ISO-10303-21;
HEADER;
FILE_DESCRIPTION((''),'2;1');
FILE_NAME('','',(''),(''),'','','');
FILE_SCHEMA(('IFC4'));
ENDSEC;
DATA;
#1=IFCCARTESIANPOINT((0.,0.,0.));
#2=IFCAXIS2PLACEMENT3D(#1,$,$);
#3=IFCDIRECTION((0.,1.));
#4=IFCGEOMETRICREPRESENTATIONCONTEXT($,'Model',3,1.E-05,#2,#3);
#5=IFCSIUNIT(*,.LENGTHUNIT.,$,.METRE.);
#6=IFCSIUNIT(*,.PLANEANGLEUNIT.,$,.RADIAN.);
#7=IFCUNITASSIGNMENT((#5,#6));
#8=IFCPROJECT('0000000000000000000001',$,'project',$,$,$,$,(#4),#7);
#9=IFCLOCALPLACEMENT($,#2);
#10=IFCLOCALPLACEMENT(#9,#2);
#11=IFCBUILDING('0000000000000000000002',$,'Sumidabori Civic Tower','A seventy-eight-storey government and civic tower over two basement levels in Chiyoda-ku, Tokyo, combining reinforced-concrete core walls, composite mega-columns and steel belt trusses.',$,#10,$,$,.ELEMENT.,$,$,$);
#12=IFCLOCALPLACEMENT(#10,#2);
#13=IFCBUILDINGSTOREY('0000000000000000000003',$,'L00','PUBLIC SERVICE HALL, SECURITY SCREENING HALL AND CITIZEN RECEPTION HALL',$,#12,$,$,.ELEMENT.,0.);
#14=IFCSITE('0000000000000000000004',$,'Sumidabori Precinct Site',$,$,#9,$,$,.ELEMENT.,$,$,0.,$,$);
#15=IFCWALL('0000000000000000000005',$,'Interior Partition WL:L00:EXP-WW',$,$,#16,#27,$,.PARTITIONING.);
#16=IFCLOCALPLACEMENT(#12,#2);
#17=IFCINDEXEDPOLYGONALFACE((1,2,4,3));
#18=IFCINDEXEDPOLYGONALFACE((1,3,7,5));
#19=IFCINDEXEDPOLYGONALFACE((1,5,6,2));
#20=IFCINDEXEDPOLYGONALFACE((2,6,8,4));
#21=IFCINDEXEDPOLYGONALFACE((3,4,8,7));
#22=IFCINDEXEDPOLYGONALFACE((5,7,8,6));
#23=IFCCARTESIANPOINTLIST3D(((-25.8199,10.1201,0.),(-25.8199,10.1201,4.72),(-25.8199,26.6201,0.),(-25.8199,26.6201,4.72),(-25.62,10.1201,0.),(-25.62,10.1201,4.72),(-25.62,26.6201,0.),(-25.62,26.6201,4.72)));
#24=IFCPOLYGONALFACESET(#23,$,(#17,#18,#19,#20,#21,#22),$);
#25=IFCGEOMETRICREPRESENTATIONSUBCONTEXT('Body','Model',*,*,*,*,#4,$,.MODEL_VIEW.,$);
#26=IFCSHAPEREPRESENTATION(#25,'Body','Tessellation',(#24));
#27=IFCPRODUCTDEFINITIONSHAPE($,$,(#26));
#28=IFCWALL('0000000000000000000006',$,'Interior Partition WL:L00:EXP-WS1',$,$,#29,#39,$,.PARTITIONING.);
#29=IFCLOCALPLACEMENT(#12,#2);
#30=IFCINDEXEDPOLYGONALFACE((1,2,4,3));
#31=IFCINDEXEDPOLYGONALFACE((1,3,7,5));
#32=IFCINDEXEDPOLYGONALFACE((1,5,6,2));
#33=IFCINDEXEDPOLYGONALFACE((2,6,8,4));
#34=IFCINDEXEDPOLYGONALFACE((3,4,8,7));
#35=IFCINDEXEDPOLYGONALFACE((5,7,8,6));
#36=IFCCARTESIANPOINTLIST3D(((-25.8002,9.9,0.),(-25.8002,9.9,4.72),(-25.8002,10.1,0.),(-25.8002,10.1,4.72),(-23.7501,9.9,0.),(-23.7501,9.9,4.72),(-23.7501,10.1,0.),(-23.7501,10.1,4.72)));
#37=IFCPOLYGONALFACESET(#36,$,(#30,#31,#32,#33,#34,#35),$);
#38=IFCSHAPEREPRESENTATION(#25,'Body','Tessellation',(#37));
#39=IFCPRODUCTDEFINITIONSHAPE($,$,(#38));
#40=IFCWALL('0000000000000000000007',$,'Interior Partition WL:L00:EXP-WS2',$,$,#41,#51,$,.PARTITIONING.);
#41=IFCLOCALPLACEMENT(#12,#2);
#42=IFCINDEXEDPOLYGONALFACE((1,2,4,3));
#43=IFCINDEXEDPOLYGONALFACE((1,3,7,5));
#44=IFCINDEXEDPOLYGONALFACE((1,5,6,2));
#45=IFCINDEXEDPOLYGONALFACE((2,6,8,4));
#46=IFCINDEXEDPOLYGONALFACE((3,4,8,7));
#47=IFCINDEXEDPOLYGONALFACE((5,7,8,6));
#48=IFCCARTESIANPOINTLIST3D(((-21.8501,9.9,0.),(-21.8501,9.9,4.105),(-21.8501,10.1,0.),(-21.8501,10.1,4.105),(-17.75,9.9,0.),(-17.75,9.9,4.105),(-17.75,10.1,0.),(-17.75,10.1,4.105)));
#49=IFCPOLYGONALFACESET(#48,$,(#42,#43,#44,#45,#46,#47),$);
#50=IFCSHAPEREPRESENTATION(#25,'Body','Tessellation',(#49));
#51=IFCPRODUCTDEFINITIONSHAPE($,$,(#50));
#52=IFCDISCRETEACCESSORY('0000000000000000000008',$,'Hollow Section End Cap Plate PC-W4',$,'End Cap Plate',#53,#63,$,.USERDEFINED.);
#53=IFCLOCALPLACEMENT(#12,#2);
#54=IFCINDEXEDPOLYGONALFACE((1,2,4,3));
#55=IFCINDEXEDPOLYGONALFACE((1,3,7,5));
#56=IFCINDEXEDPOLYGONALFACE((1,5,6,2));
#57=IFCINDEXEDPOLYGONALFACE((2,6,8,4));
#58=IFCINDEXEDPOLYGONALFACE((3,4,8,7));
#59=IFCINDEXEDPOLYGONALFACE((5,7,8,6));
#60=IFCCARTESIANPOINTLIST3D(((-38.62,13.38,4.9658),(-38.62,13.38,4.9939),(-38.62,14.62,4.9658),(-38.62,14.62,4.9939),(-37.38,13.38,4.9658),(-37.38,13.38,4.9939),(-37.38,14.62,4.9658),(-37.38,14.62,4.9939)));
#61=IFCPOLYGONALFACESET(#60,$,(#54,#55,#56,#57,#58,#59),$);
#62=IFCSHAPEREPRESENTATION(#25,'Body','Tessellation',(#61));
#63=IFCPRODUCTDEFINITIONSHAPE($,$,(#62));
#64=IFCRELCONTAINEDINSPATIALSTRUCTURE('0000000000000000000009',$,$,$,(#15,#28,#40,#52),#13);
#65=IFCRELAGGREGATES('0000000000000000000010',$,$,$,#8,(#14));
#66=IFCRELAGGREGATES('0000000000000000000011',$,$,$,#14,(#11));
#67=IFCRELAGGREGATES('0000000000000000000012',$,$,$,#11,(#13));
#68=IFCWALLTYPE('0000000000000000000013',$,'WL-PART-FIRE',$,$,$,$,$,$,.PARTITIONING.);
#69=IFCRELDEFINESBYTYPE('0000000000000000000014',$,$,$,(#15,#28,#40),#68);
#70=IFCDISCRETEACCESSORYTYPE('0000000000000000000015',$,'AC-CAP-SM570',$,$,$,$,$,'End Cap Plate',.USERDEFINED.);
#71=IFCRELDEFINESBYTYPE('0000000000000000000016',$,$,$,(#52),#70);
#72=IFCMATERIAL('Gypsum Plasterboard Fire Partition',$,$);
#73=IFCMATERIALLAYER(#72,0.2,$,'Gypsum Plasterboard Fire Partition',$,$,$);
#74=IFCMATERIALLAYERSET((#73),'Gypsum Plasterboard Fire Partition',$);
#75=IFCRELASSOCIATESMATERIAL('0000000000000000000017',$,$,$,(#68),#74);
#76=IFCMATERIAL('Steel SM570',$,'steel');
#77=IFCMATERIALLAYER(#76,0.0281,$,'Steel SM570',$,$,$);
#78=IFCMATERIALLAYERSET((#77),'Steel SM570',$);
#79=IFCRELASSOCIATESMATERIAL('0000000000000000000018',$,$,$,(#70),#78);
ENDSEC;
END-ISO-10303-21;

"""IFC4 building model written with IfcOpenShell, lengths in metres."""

from ifc_helpers import new_model, si_unit, direction, frame, frame_2d, origin, origin_2d, place, context, subcontext, project, spatial, rectangle, extrude, source, transform, mapped, material, layer, layer_set, type_object, element, save


model = new_model("IFC4")

# Units and contexts
model_context = context("Model", 3, precision=1e-05, world=origin(), true_north=direction((0.0, 1.0)))
body_context = subcontext(model_context, "Body", "Model", "MODEL_VIEW")
ifc_project = project(units=[si_unit("LENGTHUNIT", "METRE"), si_unit("PLANEANGLEUNIT", "RADIAN")], contexts=[model_context])

# Site, building, storey
site_placement = place(None, origin())
site = spatial("IfcSite", under=ifc_project, at=site_placement, Name="Sumidabori Precinct Site", CompositionType="ELEMENT", RefElevation=0.0)
building_placement = place(site_placement, origin())
building = spatial("IfcBuilding", under=site, at=building_placement, Name="Sumidabori Civic Tower", Description="A seventy-eight-storey government and civic tower over two basement levels in Chiyoda-ku, Tokyo, combining reinforced-concrete core walls, composite mega-columns and steel belt trusses.", CompositionType="ELEMENT")
storey_placement = place(building_placement, origin())
storey = spatial("IfcBuildingStorey", under=building, at=storey_placement, Name="L00", Description="PUBLIC SERVICE HALL, SECURITY SCREENING HALL AND CITIZEN RECEPTION HALL", CompositionType="ELEMENT", Elevation=0.0)

# Shared definitions
ifc_material_1 = material(Name="Steel SM570", Category="steel")

# Walls
ifc_material_2 = material(Name="Gypsum Plasterboard Fire Partition")
ifc_layer_1 = layer(ifc_material_2, 0.2, Name="Gypsum Plasterboard Fire Partition")
ifc_layer_set_1 = layer_set([ifc_layer_1], Name="Gypsum Plasterboard Fire Partition")
wall_type_1 = type_object("IfcWallType", Name="WL-PART-FIRE", PredefinedType="PARTITIONING", material=ifc_layer_set_1)
shared_shape_1 = source(origin(), body_context, "Body", "SweptSolid", [
    extrude(rectangle(XDim=16.5, YDim=0.2, at=frame_2d((8.25, 0.0))), origin(), (0.0, 0.0, 1.0), 4.72),
])
wall_1_placement = place(storey_placement, frame((-25.72, 10.1201, 0.0), z_axis=(0.0, 0.0, 1.0), x_axis=(0.0, 1.0, 0.0)))
element("IfcWall", 1, at=wall_1_placement, inside=storey, type_object=wall_type_1, Name="Interior Partition WL:L00:EXP-WW", PredefinedType="PARTITIONING", context=body_context, shape_type="MappedRepresentation", body=[
    mapped(shared_shape_1, transform((0.0, 0.0, 0.0), x_axis=(1.0, 0.0, 0.0), y_axis=(0.0, 1.0, 0.0), z_axis=(0.0, 0.0, 1.0), scale=1.0)),
])
shared_shape_2 = source(origin(), body_context, "Body", "SweptSolid", [
    extrude(rectangle(XDim=2.05, YDim=0.2, at=frame_2d((1.0249, 0.0))), origin(), (0.0, 0.0, 1.0), 4.72),
])
wall_2_placement = place(storey_placement, frame((-25.8, 10.0, 0.0), z_axis=(0.0, 0.0, 1.0), x_axis=(1.0, 0.0, 0.0)))
element("IfcWall", 2, at=wall_2_placement, inside=storey, type_object=wall_type_1, Name="Interior Partition WL:L00:EXP-WS1", PredefinedType="PARTITIONING", context=body_context, shape_type="MappedRepresentation", body=[
    mapped(shared_shape_2, transform((0.0, 0.0, 0.0), x_axis=(1.0, 0.0, 0.0), y_axis=(0.0, 1.0, 0.0), z_axis=(0.0, 0.0, 1.0), scale=1.0)),
])
shared_shape_3 = source(origin(), body_context, "Body", "SweptSolid", [
    extrude(rectangle(XDim=4.1001, YDim=0.2, at=frame_2d((2.05, 0.0))), origin(), (0.0, 0.0, 1.0), 4.105),
])
wall_3_placement = place(storey_placement, frame((-21.8501, 10.0, 0.0), z_axis=(0.0, 0.0, 1.0), x_axis=(1.0, 0.0, 0.0)))
element("IfcWall", 3, at=wall_3_placement, inside=storey, type_object=wall_type_1, Name="Interior Partition WL:L00:EXP-WS2", PredefinedType="PARTITIONING", context=body_context, shape_type="MappedRepresentation", body=[
    mapped(shared_shape_3, transform((0.0, 0.0, 0.0), x_axis=(1.0, 0.0, 0.0), y_axis=(0.0, 1.0, 0.0), z_axis=(0.0, 0.0, 1.0), scale=1.0)),
])

# Discrete accessory
ifc_layer_2 = layer(ifc_material_1, 0.0281, Name="Steel SM570")
ifc_layer_set_2 = layer_set([ifc_layer_2], Name="Steel SM570")
discrete_accessory_type = type_object("IfcDiscreteAccessoryType", Name="AC-CAP-SM570", ElementType="End Cap Plate", PredefinedType="USERDEFINED", material=ifc_layer_set_2)
shared_shape_4 = source(origin(), body_context, "Body", "SweptSolid", [
    extrude(rectangle(XDim=1.24, YDim=1.24, at=origin_2d()), origin(), (0.0, 0.0, 1.0), 0.0281),
])
discrete_accessory_placement = place(storey_placement, frame((-38.0, 14.0, 4.9658), z_axis=(0.0, 0.0, 1.0), x_axis=(1.0, 0.0, 0.0)))
element("IfcDiscreteAccessory", 4, at=discrete_accessory_placement, inside=storey, type_object=discrete_accessory_type, Name="Hollow Section End Cap Plate PC-W4", ObjectType="End Cap Plate", PredefinedType="USERDEFINED", context=body_context, shape_type="MappedRepresentation", body=[
    mapped(shared_shape_4, transform((0.0, 0.0, 0.0), x_axis=(1.0, 0.0, 0.0), y_axis=(0.0, 1.0, 0.0), z_axis=(0.0, 0.0, 1.0), scale=1.0)),
])

save(model, "model.ifc")
